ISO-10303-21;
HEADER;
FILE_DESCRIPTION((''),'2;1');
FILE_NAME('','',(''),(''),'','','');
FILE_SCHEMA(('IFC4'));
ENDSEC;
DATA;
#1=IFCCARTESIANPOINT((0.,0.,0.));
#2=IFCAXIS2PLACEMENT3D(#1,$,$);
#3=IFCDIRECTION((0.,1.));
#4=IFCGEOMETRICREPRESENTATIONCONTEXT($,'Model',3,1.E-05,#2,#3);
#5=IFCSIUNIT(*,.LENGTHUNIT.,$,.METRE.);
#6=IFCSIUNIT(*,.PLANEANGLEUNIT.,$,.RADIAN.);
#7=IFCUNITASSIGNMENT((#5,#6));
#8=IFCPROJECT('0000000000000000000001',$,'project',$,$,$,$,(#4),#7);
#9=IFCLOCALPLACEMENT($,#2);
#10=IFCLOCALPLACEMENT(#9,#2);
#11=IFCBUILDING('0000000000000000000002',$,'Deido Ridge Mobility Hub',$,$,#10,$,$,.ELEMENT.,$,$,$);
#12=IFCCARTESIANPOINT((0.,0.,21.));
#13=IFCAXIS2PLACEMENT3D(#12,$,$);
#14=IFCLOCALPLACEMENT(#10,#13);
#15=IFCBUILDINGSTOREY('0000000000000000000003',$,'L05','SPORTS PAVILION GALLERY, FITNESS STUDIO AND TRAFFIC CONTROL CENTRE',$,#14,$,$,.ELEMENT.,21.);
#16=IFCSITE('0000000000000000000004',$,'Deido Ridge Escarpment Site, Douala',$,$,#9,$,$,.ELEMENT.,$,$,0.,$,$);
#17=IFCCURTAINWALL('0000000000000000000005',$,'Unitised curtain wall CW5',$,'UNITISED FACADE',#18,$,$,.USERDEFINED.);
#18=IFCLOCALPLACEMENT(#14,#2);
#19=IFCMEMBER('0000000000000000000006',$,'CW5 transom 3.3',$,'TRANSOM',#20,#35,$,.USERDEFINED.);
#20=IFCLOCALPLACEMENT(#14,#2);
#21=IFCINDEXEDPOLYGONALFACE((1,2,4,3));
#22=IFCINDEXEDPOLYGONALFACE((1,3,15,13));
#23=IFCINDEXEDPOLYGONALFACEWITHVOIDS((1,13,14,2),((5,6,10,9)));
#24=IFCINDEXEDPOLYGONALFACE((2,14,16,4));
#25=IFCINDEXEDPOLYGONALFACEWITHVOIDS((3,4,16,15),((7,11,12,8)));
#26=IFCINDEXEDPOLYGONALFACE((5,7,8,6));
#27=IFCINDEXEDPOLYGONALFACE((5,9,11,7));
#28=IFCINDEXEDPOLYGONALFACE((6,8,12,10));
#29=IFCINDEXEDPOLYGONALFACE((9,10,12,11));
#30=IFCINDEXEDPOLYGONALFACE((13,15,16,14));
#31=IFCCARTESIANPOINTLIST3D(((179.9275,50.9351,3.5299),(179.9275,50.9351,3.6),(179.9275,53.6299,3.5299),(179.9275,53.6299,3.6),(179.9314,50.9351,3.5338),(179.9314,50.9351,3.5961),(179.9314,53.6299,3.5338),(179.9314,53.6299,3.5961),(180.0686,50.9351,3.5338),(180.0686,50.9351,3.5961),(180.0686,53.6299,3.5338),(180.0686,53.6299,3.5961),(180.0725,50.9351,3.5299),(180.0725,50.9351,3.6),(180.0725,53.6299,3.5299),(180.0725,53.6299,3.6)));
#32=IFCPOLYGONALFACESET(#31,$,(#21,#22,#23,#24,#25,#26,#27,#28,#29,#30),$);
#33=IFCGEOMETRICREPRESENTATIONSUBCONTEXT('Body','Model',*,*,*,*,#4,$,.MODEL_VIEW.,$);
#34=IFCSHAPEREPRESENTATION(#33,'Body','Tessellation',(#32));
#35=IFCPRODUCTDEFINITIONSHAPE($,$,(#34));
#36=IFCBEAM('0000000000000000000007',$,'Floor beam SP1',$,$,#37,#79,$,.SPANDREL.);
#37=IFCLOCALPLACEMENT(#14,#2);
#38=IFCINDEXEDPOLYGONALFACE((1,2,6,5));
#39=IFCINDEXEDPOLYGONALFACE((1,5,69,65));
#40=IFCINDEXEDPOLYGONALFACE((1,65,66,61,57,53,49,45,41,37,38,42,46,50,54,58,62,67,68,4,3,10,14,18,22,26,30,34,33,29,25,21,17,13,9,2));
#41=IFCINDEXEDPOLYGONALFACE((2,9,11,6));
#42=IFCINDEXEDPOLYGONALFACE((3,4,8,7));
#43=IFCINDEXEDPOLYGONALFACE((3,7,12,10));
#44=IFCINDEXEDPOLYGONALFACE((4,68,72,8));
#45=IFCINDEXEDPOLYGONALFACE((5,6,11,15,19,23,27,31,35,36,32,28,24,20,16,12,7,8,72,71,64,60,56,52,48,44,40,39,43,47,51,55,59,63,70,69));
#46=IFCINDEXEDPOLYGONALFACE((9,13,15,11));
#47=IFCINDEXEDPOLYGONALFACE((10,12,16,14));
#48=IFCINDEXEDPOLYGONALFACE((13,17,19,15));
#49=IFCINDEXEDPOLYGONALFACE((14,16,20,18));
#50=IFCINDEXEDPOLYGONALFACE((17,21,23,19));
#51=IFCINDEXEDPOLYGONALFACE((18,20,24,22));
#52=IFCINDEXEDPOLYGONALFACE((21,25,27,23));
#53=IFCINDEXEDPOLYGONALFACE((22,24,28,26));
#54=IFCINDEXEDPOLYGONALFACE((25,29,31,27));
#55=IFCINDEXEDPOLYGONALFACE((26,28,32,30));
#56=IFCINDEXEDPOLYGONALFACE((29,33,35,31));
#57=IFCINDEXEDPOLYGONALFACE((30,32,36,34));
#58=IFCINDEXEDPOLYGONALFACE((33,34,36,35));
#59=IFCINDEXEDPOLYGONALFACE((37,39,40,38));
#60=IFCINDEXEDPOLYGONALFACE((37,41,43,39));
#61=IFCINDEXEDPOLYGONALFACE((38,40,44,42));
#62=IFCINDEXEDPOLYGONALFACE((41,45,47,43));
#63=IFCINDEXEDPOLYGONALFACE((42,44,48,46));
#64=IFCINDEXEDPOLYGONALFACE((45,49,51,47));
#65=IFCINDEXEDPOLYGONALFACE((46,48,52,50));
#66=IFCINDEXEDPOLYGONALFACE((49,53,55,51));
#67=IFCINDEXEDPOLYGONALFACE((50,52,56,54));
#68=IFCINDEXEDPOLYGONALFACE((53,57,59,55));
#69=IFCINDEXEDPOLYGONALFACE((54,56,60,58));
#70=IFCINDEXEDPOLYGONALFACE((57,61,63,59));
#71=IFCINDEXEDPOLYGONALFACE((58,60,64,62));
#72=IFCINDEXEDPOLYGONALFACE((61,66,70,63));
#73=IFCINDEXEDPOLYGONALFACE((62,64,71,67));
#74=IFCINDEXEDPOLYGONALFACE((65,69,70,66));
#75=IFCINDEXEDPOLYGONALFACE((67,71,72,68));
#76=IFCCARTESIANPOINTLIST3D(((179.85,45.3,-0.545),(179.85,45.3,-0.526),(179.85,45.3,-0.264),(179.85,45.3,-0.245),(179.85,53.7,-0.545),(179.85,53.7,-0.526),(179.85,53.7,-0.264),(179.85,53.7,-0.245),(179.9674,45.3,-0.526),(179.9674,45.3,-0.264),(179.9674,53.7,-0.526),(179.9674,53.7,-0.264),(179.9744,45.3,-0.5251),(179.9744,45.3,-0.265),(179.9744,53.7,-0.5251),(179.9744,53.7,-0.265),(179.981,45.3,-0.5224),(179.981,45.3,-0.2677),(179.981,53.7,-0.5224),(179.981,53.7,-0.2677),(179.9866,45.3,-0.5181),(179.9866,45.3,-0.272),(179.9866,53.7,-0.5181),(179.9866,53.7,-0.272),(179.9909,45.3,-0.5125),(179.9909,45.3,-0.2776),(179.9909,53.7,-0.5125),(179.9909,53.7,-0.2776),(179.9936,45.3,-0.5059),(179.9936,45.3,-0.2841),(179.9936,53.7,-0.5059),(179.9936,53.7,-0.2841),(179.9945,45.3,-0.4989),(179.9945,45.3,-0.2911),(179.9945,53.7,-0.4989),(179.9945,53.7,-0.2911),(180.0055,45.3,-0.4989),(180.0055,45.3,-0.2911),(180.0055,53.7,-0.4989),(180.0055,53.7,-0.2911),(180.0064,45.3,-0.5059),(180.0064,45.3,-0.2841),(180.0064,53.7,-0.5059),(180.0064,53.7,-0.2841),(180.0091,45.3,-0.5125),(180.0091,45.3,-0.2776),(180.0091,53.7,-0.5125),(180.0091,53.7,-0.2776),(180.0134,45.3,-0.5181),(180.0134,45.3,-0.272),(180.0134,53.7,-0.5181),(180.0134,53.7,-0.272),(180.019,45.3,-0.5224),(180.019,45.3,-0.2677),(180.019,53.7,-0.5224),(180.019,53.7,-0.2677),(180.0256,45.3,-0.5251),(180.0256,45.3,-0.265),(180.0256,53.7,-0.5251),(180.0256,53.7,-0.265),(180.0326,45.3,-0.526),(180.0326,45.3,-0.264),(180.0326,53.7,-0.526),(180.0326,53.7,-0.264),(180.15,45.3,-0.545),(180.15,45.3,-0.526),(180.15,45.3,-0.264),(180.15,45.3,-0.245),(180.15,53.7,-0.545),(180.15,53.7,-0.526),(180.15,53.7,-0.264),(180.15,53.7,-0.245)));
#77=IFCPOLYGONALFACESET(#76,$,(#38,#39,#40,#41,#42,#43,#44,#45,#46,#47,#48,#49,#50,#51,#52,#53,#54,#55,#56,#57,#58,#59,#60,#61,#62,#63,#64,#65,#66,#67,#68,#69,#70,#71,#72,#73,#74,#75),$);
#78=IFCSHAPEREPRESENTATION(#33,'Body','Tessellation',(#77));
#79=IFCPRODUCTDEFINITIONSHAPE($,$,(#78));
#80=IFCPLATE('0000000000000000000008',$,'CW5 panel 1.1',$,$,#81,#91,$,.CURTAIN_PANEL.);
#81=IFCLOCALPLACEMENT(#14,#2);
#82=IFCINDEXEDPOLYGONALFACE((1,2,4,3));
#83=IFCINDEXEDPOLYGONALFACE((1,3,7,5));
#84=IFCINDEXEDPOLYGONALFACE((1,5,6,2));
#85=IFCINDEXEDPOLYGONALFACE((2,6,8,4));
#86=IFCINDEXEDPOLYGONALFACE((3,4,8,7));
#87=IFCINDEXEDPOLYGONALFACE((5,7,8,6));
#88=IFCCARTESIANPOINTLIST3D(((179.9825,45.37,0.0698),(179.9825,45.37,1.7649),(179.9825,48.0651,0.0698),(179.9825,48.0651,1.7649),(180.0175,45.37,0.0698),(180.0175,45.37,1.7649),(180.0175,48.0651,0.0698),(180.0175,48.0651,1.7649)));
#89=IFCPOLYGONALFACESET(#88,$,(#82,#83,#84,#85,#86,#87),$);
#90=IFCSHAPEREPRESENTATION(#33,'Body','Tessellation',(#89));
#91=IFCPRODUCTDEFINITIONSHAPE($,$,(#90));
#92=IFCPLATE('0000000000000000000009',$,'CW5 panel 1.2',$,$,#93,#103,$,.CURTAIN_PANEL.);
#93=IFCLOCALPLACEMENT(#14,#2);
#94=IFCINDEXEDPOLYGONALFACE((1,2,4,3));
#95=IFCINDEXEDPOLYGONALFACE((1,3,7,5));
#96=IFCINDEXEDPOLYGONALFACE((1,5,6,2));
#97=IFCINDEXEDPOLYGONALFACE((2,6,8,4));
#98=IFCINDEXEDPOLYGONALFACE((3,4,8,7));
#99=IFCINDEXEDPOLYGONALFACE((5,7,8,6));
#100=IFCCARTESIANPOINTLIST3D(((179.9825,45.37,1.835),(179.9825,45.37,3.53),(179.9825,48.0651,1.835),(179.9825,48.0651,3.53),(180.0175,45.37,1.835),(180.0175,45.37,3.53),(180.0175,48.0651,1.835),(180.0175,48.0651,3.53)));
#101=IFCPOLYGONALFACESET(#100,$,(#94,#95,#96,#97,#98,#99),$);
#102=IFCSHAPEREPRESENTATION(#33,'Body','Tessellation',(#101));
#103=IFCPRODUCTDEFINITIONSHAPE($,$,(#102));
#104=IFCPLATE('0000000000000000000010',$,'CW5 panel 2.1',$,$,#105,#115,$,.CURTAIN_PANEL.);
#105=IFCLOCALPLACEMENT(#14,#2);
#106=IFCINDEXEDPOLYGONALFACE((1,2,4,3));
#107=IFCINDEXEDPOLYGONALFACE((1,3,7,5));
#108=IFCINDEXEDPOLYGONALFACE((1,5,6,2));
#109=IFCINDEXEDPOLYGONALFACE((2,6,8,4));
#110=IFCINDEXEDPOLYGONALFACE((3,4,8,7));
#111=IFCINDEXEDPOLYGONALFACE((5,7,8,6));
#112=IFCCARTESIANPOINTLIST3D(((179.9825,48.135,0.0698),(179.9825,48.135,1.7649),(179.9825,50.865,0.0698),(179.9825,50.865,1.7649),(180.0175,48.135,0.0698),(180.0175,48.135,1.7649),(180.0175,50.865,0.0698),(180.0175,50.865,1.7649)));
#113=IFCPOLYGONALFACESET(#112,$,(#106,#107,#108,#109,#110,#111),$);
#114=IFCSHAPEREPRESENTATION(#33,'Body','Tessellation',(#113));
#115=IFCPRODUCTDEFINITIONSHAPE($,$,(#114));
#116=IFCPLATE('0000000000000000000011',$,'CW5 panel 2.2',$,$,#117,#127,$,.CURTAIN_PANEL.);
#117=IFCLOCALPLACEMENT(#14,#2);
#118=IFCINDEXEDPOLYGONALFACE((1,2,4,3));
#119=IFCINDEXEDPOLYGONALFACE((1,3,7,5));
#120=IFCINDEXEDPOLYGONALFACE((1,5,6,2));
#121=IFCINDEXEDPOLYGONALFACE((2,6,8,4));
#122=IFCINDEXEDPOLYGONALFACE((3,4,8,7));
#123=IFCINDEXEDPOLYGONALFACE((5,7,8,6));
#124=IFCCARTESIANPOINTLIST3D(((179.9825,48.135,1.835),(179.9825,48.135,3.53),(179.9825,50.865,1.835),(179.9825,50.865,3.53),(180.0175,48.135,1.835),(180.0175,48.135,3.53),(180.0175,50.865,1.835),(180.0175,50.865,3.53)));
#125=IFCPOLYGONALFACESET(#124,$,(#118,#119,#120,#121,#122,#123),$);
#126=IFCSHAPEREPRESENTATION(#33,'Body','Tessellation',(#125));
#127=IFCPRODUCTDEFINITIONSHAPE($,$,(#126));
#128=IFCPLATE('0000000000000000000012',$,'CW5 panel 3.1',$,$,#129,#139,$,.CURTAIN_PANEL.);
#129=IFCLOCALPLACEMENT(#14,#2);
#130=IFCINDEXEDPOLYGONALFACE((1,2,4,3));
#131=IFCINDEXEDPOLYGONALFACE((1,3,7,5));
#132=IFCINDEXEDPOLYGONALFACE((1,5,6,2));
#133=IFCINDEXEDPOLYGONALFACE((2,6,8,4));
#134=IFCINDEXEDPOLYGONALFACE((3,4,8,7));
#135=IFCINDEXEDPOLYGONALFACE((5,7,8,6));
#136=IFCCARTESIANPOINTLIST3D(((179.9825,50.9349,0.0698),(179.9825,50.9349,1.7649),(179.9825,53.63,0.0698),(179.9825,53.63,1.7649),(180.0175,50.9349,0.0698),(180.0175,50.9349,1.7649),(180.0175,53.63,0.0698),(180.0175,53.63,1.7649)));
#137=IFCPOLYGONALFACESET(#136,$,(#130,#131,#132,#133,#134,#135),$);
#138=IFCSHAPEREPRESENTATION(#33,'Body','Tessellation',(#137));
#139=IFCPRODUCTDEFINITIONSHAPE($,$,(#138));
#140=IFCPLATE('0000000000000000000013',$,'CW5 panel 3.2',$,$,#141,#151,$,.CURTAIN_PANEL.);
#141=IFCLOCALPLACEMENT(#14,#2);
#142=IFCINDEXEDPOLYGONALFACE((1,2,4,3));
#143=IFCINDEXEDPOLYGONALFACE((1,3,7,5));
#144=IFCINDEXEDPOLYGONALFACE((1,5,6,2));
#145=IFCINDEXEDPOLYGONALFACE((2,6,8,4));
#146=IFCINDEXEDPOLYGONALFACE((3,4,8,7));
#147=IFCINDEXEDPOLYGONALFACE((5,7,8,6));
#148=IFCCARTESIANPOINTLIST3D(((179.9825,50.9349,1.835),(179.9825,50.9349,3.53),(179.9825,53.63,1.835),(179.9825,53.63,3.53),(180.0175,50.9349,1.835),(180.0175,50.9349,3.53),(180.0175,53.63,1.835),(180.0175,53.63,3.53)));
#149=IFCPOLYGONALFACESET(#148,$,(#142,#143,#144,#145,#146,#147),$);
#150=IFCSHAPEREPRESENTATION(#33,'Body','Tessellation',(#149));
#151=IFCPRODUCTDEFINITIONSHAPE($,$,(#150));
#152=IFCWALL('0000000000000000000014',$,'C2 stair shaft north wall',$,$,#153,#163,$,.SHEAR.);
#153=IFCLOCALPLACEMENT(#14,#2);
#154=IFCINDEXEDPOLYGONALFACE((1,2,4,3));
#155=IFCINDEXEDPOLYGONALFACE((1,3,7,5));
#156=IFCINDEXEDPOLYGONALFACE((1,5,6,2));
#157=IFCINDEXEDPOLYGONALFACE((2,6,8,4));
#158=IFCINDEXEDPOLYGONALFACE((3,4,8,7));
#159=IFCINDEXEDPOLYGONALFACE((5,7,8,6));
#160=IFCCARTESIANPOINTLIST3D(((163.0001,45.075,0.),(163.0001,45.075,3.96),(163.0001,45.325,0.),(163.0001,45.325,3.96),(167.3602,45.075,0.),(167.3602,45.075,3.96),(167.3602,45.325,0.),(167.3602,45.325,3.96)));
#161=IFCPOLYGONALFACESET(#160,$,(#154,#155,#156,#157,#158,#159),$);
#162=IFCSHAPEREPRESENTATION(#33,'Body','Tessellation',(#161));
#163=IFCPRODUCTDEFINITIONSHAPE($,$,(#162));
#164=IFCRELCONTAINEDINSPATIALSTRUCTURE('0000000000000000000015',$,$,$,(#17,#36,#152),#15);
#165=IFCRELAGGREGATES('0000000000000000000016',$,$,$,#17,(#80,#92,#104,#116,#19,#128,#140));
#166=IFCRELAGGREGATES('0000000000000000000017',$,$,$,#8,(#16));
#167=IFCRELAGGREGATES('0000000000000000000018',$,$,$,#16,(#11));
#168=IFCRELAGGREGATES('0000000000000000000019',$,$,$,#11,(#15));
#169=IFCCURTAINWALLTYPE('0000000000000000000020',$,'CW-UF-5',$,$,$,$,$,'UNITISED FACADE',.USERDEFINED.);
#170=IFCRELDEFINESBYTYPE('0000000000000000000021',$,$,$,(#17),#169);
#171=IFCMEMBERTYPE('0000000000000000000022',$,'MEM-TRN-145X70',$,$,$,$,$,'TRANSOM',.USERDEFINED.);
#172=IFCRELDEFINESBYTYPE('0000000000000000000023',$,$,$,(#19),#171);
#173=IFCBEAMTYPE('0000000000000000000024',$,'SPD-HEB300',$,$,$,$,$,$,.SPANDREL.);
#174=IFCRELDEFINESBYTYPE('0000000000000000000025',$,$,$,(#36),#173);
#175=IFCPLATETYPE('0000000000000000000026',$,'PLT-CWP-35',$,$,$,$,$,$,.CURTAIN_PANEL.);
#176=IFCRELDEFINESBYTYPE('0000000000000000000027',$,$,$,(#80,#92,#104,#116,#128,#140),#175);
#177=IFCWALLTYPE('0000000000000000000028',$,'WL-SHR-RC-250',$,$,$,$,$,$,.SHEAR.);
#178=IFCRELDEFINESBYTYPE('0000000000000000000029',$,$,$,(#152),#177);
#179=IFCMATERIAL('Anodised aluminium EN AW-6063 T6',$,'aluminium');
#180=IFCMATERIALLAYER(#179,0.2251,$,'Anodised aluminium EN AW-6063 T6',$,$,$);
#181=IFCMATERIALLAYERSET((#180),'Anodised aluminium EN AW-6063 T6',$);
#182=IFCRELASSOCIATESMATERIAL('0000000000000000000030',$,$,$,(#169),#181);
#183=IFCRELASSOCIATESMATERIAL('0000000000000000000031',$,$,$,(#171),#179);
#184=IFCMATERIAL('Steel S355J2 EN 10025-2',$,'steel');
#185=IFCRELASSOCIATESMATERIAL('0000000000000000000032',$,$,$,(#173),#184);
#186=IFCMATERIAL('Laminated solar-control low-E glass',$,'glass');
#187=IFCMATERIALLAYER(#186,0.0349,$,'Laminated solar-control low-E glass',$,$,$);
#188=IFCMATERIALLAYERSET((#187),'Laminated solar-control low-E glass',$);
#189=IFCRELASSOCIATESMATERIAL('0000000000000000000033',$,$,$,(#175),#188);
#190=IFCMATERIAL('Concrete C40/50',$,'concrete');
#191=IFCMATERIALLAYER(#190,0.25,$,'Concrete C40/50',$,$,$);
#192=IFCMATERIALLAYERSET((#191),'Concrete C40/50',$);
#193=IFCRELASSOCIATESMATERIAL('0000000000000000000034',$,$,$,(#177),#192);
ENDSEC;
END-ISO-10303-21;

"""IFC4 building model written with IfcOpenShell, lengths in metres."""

from ifc_helpers import new_model, si_unit, direction, frame, frame_2d, origin, origin_2d, place, context, subcontext, project, spatial, rectangle, hollow_rectangle, i_section, extrude, material, layer, layer_set, material_profile, profile_set, type_object, element, aggregate, save


model = new_model("IFC4")

# Units and contexts
model_context = context("Model", 3, precision=1e-05, world=origin(), true_north=direction((0.0, 1.0)))
body_context = subcontext(model_context, "Body", "Model", "MODEL_VIEW")
ifc_project = project(units=[si_unit("LENGTHUNIT", "METRE"), si_unit("PLANEANGLEUNIT", "RADIAN")], contexts=[model_context])

# Site, building, storey
site_placement = place(None, origin())
site = spatial("IfcSite", under=ifc_project, at=site_placement, Name="Deido Ridge Escarpment Site, Douala", CompositionType="ELEMENT", RefElevation=0.0)
building_placement = place(site_placement, origin())
building = spatial("IfcBuilding", under=site, at=building_placement, Name="Deido Ridge Mobility Hub", CompositionType="ELEMENT")
storey_placement = place(building_placement, frame((0.0, 0.0, 21.0)))
storey = spatial("IfcBuildingStorey", under=building, at=storey_placement, Name="L05", Description="SPORTS PAVILION GALLERY, FITNESS STUDIO AND TRAFFIC CONTROL CENTRE", CompositionType="ELEMENT", Elevation=21.0)

# Shared definitions
ifc_material_1 = material(Name="Steel S355J2 EN 10025-2", Category="steel")

# Curtain wall
ifc_material_2 = material(Name="Anodised aluminium EN AW-6063 T6", Category="aluminium")
ifc_layer_1 = layer(ifc_material_2, 0.2251, Name="Anodised aluminium EN AW-6063 T6")
ifc_layer_set_1 = layer_set([ifc_layer_1], Name="Anodised aluminium EN AW-6063 T6")
curtain_wall_type = type_object("IfcCurtainWallType", Name="CW-UF-5", ElementType="UNITISED FACADE", PredefinedType="USERDEFINED", material=ifc_layer_set_1)
curtain_wall_placement = place(storey_placement, origin())
curtain_wall = element("IfcCurtainWall", 1, at=curtain_wall_placement, inside=storey, type_object=curtain_wall_type, Name="Unitised curtain wall CW5", ObjectType="UNITISED FACADE", PredefinedType="USERDEFINED")

# Member
ifc_material_profile_1 = material_profile(ifc_material_2, hollow_rectangle(XDim=0.145, YDim=0.0701, WallThickness=0.0039, at=origin_2d()), Name="RHS 145x70x4")
ifc_profile_set_1 = profile_set([ifc_material_profile_1], Name="Anodised aluminium EN AW-6063 T6")
member_type_1 = type_object("IfcMemberType", Name="MEM-TRN-145X70", ElementType="TRANSOM", PredefinedType="USERDEFINED", material=ifc_profile_set_1)
member_1_placement = place(storey_placement, frame((180.0, 50.9351, 3.5649), z_axis=(0.0, 1.0, 0.0), x_axis=(-1.0, 0.0, 0.0)))
member_1 = element("IfcMember", 2, at=member_1_placement, type_object=member_type_1, Name="CW5 transom 3.3", ObjectType="TRANSOM", PredefinedType="USERDEFINED", context=body_context, shape_type="SweptSolid", body=[
    extrude(hollow_rectangle(XDim=0.145, YDim=0.0701, WallThickness=0.0039, at=origin_2d()), origin(), (0.0, 0.0, 1.0), 2.6948),
])

# Beam
ifc_material_profile_2 = material_profile(ifc_material_1, i_section(OverallWidth=0.3, OverallDepth=0.3, WebThickness=0.011, FlangeThickness=0.019, FilletRadius=0.0271, at=origin_2d()), Name="HEB 300")
ifc_profile_set_2 = profile_set([ifc_material_profile_2], Name="Steel S355J2 EN 10025-2")
beam_type_1 = type_object("IfcBeamType", Name="SPD-HEB300", PredefinedType="SPANDREL", material=ifc_profile_set_2)
beam_1_placement = place(storey_placement, frame((180.0, 45.3, -0.395), z_axis=(0.0, 1.0, 0.0), x_axis=(-1.0, 0.0, 0.0)))
element("IfcBeam", 3, at=beam_1_placement, inside=storey, type_object=beam_type_1, Name="Floor beam SP1", PredefinedType="SPANDREL", context=body_context, shape_type="SweptSolid", body=[
    extrude(i_section(OverallWidth=0.3, OverallDepth=0.3, WebThickness=0.011, FlangeThickness=0.019, FilletRadius=0.0271, at=origin_2d()), origin(), (0.0, 0.0, 1.0), 8.3999),
])

# Plates
ifc_material_3 = material(Name="Laminated solar-control low-E glass", Category="glass")
ifc_layer_2 = layer(ifc_material_3, 0.0349, Name="Laminated solar-control low-E glass")
ifc_layer_set_2 = layer_set([ifc_layer_2], Name="Laminated solar-control low-E glass")
plate_type = type_object("IfcPlateType", Name="PLT-CWP-35", PredefinedType="CURTAIN_PANEL", material=ifc_layer_set_2)
plate_1_placement = place(storey_placement, frame((180.0, 46.7175, 0.0698), z_axis=(0.0, 0.0, 1.0), x_axis=(0.0, 1.0, 0.0)))
plate_1 = element("IfcPlate", 4, at=plate_1_placement, type_object=plate_type, Name="CW5 panel 1.1", PredefinedType="CURTAIN_PANEL", context=body_context, shape_type="SweptSolid", body=[
    extrude(rectangle(XDim=2.6951, YDim=0.0349, at=origin_2d()), origin(), (0.0, 0.0, 1.0), 1.6951),
])
plate_2_placement = place(storey_placement, frame((180.0, 46.7175, 1.835), z_axis=(0.0, 0.0, 1.0), x_axis=(0.0, 1.0, 0.0)))
plate_2 = element("IfcPlate", 5, at=plate_2_placement, type_object=plate_type, Name="CW5 panel 1.2", PredefinedType="CURTAIN_PANEL", context=body_context, shape_type="SweptSolid", body=[
    extrude(rectangle(XDim=2.6951, YDim=0.0349, at=origin_2d()), origin(), (0.0, 0.0, 1.0), 1.6951),
])
plate_3_placement = place(storey_placement, frame((180.0, 49.5, 0.0698), z_axis=(0.0, 0.0, 1.0), x_axis=(0.0, 1.0, 0.0)))
plate_3 = element("IfcPlate", 6, at=plate_3_placement, type_object=plate_type, Name="CW5 panel 2.1", PredefinedType="CURTAIN_PANEL", context=body_context, shape_type="SweptSolid", body=[
    extrude(rectangle(XDim=2.73, YDim=0.0349, at=origin_2d()), origin(), (0.0, 0.0, 1.0), 1.6951),
])
plate_4_placement = place(storey_placement, frame((180.0, 49.5, 1.835), z_axis=(0.0, 0.0, 1.0), x_axis=(0.0, 1.0, 0.0)))
plate_4 = element("IfcPlate", 7, at=plate_4_placement, type_object=plate_type, Name="CW5 panel 2.2", PredefinedType="CURTAIN_PANEL", context=body_context, shape_type="SweptSolid", body=[
    extrude(rectangle(XDim=2.73, YDim=0.0349, at=origin_2d()), origin(), (0.0, 0.0, 1.0), 1.6951),
])
plate_5_placement = place(storey_placement, frame((180.0, 52.2825, 0.0698), z_axis=(0.0, 0.0, 1.0), x_axis=(0.0, 1.0, 0.0)))
plate_5 = element("IfcPlate", 8, at=plate_5_placement, type_object=plate_type, Name="CW5 panel 3.1", PredefinedType="CURTAIN_PANEL", context=body_context, shape_type="SweptSolid", body=[
    extrude(rectangle(XDim=2.6951, YDim=0.0349, at=origin_2d()), origin(), (0.0, 0.0, 1.0), 1.6951),
])
plate_6_placement = place(storey_placement, frame((180.0, 52.2825, 1.835), z_axis=(0.0, 0.0, 1.0), x_axis=(0.0, 1.0, 0.0)))
plate_6 = element("IfcPlate", 9, at=plate_6_placement, type_object=plate_type, Name="CW5 panel 3.2", PredefinedType="CURTAIN_PANEL", context=body_context, shape_type="SweptSolid", body=[
    extrude(rectangle(XDim=2.6951, YDim=0.0349, at=origin_2d()), origin(), (0.0, 0.0, 1.0), 1.6951),
])
aggregate(curtain_wall, [plate_1, plate_2, plate_3, plate_4, member_1, plate_5, plate_6])

# Wall
ifc_material_4 = material(Name="Concrete C40/50", Category="concrete")
ifc_layer_3 = layer(ifc_material_4, 0.25, Name="Concrete C40/50")
ifc_layer_set_3 = layer_set([ifc_layer_3], Name="Concrete C40/50")
wall_type_1 = type_object("IfcWallType", Name="WL-SHR-RC-250", PredefinedType="SHEAR", material=ifc_layer_set_3)
wall_1_placement = place(storey_placement, frame((163.0, 45.2, 0.0), z_axis=(0.0, 0.0, 1.0), x_axis=(1.0, 0.0, 0.0)))
element("IfcWall", 10, at=wall_1_placement, inside=storey, type_object=wall_type_1, Name="C2 stair shaft north wall", PredefinedType="SHEAR", context=body_context, shape_type="SweptSolid", body=[
    extrude(rectangle(XDim=4.3601, YDim=0.25, at=frame_2d((2.1802, 0.0))), origin(), (0.0, 0.0, 1.0), 3.96),
])

save(model, "model.ifc")
